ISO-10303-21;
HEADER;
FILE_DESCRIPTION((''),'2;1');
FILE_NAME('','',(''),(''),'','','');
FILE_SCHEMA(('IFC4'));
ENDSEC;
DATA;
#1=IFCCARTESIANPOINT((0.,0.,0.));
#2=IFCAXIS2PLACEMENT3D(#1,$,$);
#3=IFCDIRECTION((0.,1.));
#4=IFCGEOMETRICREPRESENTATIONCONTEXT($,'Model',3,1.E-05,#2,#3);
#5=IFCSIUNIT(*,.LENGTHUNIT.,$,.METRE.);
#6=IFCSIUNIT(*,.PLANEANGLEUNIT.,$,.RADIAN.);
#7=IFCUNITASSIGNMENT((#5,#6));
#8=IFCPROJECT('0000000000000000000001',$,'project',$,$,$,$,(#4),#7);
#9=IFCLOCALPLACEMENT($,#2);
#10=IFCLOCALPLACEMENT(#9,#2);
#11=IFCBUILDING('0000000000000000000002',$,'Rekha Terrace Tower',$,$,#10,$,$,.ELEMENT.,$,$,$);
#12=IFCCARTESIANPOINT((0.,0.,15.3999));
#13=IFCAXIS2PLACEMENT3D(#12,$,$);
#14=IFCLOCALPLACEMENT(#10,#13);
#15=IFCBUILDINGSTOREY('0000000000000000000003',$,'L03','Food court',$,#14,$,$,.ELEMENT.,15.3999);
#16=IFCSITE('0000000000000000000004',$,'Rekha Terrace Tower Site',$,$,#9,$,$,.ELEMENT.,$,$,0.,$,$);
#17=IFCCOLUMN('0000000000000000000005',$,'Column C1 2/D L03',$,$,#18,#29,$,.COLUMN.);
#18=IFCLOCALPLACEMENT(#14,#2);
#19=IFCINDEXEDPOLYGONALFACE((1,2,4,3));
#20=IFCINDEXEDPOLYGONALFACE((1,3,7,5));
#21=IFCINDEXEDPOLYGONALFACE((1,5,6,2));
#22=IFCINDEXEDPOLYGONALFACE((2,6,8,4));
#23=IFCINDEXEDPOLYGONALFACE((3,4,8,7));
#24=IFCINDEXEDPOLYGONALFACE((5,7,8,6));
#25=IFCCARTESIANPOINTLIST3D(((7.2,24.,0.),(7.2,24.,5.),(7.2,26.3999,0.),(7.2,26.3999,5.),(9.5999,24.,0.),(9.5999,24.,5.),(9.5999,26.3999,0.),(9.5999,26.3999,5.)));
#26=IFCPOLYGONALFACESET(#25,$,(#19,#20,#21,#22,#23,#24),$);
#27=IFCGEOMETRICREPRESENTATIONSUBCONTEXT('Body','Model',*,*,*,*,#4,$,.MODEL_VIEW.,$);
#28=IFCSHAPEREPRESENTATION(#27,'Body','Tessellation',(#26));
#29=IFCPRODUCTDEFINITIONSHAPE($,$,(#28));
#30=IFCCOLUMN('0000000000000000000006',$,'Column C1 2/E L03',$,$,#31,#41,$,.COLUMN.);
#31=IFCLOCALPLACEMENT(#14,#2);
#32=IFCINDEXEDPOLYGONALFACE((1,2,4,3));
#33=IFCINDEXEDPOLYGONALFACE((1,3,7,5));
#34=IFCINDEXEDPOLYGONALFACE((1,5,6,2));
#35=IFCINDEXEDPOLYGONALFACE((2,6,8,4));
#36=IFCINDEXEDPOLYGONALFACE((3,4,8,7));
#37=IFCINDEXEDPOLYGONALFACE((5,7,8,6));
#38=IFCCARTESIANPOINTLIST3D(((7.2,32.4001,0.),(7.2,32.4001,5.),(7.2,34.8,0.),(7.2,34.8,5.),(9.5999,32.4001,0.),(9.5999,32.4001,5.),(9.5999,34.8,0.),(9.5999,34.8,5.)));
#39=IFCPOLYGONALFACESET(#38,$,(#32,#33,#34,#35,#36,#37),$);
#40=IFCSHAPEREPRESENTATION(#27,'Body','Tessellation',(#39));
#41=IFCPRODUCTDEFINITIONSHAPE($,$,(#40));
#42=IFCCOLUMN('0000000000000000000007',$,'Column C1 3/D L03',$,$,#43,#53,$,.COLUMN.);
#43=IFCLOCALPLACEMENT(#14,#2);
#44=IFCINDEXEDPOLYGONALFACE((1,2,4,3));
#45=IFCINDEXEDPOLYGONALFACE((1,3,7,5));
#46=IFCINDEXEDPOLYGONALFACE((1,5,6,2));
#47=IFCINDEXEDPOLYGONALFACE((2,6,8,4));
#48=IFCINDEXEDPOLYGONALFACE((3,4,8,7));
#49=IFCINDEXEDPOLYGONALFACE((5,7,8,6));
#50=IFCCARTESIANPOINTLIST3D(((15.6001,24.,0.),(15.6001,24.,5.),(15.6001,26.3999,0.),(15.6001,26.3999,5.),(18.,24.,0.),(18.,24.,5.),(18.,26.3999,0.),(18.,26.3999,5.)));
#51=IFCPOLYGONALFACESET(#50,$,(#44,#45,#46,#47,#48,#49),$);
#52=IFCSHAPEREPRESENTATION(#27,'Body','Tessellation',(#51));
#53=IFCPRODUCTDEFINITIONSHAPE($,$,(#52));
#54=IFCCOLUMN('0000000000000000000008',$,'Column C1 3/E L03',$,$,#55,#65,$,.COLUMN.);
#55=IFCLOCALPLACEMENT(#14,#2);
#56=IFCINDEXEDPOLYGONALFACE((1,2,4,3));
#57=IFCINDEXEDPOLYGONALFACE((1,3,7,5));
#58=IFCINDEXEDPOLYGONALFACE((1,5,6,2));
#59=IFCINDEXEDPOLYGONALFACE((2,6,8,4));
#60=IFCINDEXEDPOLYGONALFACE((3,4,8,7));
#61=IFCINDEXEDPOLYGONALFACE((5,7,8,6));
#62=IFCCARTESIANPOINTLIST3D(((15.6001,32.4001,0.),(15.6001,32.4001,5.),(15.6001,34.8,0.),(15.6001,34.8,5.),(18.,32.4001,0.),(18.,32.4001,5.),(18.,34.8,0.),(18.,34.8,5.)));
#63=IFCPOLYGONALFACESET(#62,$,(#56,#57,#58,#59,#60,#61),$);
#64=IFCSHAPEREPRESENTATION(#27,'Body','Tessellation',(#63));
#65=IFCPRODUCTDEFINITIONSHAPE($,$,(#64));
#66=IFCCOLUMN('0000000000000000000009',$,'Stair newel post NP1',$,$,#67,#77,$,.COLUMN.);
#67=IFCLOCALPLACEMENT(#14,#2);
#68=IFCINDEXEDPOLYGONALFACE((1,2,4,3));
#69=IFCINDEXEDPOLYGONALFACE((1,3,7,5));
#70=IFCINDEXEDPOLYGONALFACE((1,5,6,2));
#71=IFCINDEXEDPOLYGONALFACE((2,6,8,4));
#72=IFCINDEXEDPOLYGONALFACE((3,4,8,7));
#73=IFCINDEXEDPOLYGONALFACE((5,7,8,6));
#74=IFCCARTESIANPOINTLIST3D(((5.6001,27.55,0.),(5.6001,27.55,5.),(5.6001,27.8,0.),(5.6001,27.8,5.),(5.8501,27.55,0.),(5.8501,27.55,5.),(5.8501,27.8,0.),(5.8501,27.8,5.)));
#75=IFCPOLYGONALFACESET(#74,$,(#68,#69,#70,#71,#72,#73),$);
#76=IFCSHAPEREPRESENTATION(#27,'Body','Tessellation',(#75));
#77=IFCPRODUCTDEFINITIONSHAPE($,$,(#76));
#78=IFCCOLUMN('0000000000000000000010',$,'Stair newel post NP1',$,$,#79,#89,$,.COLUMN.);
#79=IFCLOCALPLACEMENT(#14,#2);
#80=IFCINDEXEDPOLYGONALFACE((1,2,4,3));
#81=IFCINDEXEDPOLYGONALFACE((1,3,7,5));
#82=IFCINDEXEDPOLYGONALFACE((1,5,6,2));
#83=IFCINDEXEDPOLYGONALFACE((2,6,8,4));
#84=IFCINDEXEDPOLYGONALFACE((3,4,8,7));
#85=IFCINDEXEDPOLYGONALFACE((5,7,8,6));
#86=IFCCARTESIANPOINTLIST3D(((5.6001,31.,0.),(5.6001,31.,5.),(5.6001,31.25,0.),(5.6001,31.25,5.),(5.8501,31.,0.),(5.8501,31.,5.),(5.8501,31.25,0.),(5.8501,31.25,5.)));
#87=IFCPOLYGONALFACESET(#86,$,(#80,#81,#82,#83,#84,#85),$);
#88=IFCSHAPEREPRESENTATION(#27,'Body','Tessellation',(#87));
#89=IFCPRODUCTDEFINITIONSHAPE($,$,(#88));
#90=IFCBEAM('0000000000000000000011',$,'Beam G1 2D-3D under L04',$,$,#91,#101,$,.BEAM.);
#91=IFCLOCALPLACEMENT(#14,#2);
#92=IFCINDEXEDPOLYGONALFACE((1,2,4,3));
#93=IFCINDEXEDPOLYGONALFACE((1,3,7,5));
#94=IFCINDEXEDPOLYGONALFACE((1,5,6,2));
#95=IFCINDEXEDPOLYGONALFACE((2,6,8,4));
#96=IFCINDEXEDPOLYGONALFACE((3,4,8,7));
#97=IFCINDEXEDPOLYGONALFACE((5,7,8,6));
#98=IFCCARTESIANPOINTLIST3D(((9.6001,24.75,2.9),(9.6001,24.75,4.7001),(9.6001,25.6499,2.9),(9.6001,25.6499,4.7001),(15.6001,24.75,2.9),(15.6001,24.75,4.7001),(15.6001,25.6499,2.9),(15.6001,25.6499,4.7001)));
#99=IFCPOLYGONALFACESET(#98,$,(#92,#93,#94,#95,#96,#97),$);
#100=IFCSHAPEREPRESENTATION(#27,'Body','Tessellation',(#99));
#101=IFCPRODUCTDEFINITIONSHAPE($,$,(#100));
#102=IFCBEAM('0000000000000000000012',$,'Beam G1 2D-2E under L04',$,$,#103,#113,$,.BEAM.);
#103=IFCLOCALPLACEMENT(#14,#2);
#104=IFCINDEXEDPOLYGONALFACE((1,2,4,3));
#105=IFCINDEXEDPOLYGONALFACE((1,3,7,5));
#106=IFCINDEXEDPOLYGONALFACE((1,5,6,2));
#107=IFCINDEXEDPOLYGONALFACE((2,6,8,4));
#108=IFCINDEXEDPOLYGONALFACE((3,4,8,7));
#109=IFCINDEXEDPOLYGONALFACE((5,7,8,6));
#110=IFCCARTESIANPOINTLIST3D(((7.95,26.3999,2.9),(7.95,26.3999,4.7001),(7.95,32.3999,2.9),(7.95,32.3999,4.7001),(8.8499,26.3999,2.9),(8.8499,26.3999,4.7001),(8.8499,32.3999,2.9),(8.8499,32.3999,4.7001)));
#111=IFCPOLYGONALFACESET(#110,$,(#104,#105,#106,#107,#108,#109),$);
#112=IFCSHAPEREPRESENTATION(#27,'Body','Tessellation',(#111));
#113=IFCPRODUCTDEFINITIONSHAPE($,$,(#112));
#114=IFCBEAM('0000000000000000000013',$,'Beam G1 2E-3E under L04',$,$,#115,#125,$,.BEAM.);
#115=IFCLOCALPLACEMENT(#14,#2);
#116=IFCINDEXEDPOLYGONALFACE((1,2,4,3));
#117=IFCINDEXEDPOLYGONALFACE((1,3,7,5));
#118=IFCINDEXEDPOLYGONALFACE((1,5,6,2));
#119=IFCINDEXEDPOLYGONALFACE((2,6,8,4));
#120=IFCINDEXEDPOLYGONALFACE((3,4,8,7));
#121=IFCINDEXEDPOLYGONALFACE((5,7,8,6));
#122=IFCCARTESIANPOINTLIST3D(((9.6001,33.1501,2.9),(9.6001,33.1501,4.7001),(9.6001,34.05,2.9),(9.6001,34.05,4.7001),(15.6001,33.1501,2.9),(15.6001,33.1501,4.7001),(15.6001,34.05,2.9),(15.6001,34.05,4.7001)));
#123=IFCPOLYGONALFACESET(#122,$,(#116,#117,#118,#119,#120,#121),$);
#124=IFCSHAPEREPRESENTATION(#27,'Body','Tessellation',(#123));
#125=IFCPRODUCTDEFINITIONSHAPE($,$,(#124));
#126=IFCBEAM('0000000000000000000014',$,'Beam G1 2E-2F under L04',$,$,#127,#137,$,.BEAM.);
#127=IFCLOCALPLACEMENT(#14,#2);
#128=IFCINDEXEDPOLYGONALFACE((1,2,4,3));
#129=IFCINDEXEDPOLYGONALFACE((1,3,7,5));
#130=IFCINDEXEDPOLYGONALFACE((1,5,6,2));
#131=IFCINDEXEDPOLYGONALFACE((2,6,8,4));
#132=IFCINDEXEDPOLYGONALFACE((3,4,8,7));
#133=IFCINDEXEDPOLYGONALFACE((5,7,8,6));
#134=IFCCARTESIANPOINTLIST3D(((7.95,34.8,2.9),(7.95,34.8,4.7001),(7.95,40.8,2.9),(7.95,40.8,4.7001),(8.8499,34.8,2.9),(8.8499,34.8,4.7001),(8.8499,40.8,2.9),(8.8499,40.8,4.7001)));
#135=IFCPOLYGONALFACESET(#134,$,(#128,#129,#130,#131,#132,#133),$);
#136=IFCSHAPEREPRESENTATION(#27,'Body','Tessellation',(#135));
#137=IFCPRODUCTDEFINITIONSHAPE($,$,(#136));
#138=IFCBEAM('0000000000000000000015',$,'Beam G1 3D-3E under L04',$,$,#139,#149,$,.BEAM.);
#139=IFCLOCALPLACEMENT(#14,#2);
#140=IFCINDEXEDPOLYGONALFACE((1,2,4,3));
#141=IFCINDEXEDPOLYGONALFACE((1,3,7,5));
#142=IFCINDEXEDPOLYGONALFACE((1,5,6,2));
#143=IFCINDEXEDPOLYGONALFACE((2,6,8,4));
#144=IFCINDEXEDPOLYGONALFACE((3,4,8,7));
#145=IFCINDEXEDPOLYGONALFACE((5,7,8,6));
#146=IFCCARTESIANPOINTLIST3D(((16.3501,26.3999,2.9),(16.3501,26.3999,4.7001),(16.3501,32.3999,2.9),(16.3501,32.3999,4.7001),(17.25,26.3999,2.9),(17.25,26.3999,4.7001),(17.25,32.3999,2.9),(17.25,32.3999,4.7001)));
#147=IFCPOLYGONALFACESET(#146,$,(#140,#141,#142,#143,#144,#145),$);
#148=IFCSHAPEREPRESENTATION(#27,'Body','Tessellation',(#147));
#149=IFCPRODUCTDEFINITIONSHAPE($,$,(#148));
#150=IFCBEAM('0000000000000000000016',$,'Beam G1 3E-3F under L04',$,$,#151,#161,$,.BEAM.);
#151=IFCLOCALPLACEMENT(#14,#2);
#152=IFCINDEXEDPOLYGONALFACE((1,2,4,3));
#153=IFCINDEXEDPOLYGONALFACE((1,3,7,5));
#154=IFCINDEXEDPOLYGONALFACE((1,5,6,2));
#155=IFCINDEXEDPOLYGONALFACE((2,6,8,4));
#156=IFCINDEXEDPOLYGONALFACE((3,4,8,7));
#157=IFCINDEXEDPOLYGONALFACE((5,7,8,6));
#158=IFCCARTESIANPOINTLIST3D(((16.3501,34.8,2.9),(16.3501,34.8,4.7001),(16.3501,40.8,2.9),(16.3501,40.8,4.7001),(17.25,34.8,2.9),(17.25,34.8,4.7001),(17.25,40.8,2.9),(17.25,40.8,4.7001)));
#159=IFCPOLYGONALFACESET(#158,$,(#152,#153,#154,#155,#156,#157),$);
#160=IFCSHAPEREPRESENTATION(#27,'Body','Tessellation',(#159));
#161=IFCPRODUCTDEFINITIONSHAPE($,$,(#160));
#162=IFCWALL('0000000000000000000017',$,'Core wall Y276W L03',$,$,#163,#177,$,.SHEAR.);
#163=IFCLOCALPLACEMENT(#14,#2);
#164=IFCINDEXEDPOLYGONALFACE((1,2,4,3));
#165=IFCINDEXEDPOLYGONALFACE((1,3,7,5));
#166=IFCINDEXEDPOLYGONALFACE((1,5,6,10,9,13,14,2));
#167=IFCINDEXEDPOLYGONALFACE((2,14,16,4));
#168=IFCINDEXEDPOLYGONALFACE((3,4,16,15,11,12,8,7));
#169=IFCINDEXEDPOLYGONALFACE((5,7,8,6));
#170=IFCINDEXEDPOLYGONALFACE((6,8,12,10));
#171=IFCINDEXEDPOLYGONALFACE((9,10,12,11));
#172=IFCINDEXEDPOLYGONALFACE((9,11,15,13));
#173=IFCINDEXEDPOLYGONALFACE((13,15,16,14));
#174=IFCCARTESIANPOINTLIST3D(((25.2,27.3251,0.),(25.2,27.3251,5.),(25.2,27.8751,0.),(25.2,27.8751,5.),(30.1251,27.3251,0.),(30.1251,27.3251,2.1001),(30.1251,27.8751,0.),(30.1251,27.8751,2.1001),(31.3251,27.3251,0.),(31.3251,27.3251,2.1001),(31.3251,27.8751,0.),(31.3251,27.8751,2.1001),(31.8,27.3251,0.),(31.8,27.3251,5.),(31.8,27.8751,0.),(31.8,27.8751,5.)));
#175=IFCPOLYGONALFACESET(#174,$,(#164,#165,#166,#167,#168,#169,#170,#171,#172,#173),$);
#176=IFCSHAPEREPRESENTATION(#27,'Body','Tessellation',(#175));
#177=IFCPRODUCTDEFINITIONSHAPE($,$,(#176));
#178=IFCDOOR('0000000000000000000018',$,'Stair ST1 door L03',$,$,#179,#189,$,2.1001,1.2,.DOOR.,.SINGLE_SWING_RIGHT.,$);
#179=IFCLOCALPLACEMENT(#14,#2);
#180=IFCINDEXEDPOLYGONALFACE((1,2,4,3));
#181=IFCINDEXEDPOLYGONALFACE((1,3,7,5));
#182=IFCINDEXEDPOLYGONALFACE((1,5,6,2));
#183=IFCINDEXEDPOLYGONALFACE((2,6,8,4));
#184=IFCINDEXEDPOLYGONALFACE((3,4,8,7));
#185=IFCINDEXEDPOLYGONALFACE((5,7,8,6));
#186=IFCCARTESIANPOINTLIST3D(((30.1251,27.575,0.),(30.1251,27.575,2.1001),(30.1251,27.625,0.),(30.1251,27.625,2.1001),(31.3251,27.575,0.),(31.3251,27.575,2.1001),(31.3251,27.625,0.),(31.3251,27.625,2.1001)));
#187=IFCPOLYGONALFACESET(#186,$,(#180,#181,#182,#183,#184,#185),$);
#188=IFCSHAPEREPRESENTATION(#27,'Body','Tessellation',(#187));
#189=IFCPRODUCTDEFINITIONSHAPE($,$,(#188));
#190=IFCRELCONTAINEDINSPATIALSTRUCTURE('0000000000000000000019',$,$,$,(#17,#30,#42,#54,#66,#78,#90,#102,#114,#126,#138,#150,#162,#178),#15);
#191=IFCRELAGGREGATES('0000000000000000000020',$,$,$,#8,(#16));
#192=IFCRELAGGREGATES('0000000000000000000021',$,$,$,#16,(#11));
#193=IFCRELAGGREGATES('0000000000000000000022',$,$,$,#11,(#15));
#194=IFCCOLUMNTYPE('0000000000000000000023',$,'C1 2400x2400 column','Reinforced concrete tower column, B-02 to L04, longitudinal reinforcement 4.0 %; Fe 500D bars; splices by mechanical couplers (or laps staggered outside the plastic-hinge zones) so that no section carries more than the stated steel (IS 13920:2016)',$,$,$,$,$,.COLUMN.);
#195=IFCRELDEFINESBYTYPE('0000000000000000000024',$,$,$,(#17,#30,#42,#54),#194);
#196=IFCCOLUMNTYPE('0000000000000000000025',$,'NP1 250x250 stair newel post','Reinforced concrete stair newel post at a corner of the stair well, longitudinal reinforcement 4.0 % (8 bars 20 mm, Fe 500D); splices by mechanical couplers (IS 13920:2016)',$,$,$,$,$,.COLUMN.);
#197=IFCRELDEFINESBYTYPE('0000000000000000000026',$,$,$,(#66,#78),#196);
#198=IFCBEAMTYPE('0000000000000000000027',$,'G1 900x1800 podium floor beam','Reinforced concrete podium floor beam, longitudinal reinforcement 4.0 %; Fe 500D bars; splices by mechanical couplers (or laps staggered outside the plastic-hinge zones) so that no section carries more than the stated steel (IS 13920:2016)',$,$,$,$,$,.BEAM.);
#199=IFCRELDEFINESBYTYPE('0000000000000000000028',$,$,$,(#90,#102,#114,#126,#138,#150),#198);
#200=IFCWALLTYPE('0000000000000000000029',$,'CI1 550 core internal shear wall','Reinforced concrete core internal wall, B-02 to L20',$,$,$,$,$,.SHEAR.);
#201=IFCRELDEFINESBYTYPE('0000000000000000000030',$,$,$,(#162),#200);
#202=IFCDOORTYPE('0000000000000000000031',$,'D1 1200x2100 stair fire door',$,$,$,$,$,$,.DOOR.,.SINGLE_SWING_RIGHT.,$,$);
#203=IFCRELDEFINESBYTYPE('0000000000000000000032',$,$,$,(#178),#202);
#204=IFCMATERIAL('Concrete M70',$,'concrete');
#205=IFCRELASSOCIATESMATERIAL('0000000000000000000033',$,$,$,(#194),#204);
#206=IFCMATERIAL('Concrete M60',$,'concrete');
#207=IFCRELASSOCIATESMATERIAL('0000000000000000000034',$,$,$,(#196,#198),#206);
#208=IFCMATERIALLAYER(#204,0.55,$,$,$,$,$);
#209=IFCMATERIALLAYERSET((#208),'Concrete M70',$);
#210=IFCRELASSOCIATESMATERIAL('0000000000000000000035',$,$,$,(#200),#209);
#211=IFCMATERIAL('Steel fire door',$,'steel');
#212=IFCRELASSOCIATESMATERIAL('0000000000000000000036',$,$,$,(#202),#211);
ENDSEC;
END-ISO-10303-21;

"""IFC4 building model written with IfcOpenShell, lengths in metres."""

from ifc_helpers import new_model, si_unit, direction, frame, frame_2d, origin, origin_2d, place, context, subcontext, project, spatial, rectangle, extrude, material, layer, layer_set, material_profile, profile_set, type_object, element, fill, save


model = new_model("IFC4")

# Units and contexts
model_context = context("Model", 3, precision=1e-05, world=origin(), true_north=direction((0.0, 1.0)))
body_context = subcontext(model_context, "Body", "Model", "MODEL_VIEW")
ifc_project = project(units=[si_unit("LENGTHUNIT", "METRE"), si_unit("PLANEANGLEUNIT", "RADIAN")], contexts=[model_context])

# Site, building, storey
site_placement = place(None, origin())
site = spatial("IfcSite", under=ifc_project, at=site_placement, Name="Rekha Terrace Tower Site", CompositionType="ELEMENT", RefElevation=0.0)
building_placement = place(site_placement, origin())
building = spatial("IfcBuilding", under=site, at=building_placement, Name="Rekha Terrace Tower", CompositionType="ELEMENT")
storey_placement = place(building_placement, frame((0.0, 0.0, 15.3999)))
storey = spatial("IfcBuildingStorey", under=building, at=storey_placement, Name="L03", Description="Food court", CompositionType="ELEMENT", Elevation=15.3999)

# Columns
ifc_material_1 = material(Name="Concrete M70", Category="concrete")
ifc_material_profile_1 = material_profile(ifc_material_1, rectangle(XDim=2.3999, YDim=2.3999, at=origin_2d()), Name="RC 2400x2400")
ifc_profile_set_1 = profile_set([ifc_material_profile_1], Name="Concrete M70")
column_type_1 = type_object("IfcColumnType", Name="C1 2400x2400 column", Description="Reinforced concrete tower column, B-02 to L04, longitudinal reinforcement 4.0 %; Fe 500D bars; splices by mechanical couplers (or laps staggered outside the plastic-hinge zones) so that no section carries more than the stated steel (IS 13920:2016)", PredefinedType="COLUMN", material=ifc_profile_set_1)
for number, where, z_axis, x_axis, name in (
    (1, (8.3999, 25.2, 0.0), (0.0, 0.0, 1.0), (1.0, 0.0, 0.0), "Column C1 2/D L03"),
    (2, (8.3999, 33.6001, 0.0), (0.0, 0.0, 1.0), (1.0, 0.0, 0.0), "Column C1 2/E L03"),
    (3, (16.8, 25.2, 0.0), (0.0, 0.0, 1.0), (1.0, 0.0, 0.0), "Column C1 3/D L03"),
    (4, (16.8, 33.6001, 0.0), (0.0, 0.0, 1.0), (1.0, 0.0, 0.0), "Column C1 3/E L03"),
):
    element("IfcColumn", number, at=place(storey_placement, frame(where, z_axis=z_axis, x_axis=x_axis)), inside=storey, type_object=column_type_1, Name=name, PredefinedType="COLUMN", context=body_context, shape_type="SweptSolid", body=[
        extrude(rectangle(XDim=2.3999, YDim=2.3999, at=origin_2d()), origin(), (0.0, 0.0, 1.0), 5.0),
    ])
ifc_material_2 = material(Name="Concrete M60", Category="concrete")
ifc_material_profile_2 = material_profile(ifc_material_2, rectangle(XDim=0.25, YDim=0.25, at=origin_2d()), Name="RC 250x250")
ifc_profile_set_2 = profile_set([ifc_material_profile_2], Name="Concrete M60")
column_type_2 = type_object("IfcColumnType", Name="NP1 250x250 stair newel post", Description="Reinforced concrete stair newel post at a corner of the stair well, longitudinal reinforcement 4.0 % (8 bars 20 mm, Fe 500D); splices by mechanical couplers (IS 13920:2016)", PredefinedType="COLUMN", material=ifc_profile_set_2)
for number, where, z_axis, x_axis, name in (
    (5, (5.7251, 27.675, 0.0), (0.0, 0.0, 1.0), (1.0, 0.0, 0.0), "Stair newel post NP1"),
    (6, (5.7251, 31.125, 0.0), (0.0, 0.0, 1.0), (1.0, 0.0, 0.0), "Stair newel post NP1"),
):
    element("IfcColumn", number, at=place(storey_placement, frame(where, z_axis=z_axis, x_axis=x_axis)), inside=storey, type_object=column_type_2, Name=name, PredefinedType="COLUMN", context=body_context, shape_type="SweptSolid", body=[
        extrude(rectangle(XDim=0.25, YDim=0.25, at=origin_2d()), origin(), (0.0, 0.0, 1.0), 5.0),
    ])

# Beams
ifc_material_profile_3 = material_profile(ifc_material_2, rectangle(XDim=0.8999, YDim=1.8, at=origin_2d()), Name="RC 900x1800")
ifc_profile_set_3 = profile_set([ifc_material_profile_3], Name="Concrete M60")
beam_type = type_object("IfcBeamType", Name="G1 900x1800 podium floor beam", Description="Reinforced concrete podium floor beam, longitudinal reinforcement 4.0 %; Fe 500D bars; splices by mechanical couplers (or laps staggered outside the plastic-hinge zones) so that no section carries more than the stated steel (IS 13920:2016)", PredefinedType="BEAM", material=ifc_profile_set_3)
for number, where, z_axis, x_axis, name in (
    (7, (9.6001, 25.2, 3.8), (1.0, 0.0, 0.0), (0.0, 1.0, 0.0), "Beam G1 2D-3D under L04"),
    (8, (8.3999, 26.3999, 3.8), (0.0, 1.0, 0.0), (-1.0, 0.0, 0.0), "Beam G1 2D-2E under L04"),
    (9, (9.6001, 33.6001, 3.8), (1.0, 0.0, 0.0), (0.0, 1.0, 0.0), "Beam G1 2E-3E under L04"),
    (10, (8.3999, 34.8, 3.8), (0.0, 1.0, 0.0), (-1.0, 0.0, 0.0), "Beam G1 2E-2F under L04"),
    (11, (16.8, 26.3999, 3.8), (0.0, 1.0, 0.0), (-1.0, 0.0, 0.0), "Beam G1 3D-3E under L04"),
    (12, (16.8, 34.8, 3.8), (0.0, 1.0, 0.0), (-1.0, 0.0, 0.0), "Beam G1 3E-3F under L04"),
):
    element("IfcBeam", number, at=place(storey_placement, frame(where, z_axis=z_axis, x_axis=x_axis)), inside=storey, type_object=beam_type, Name=name, PredefinedType="BEAM", context=body_context, shape_type="SweptSolid", body=[
        extrude(rectangle(XDim=0.8999, YDim=1.8, at=origin_2d()), origin(), (0.0, 0.0, 1.0), 6.0),
    ])

# Wall, opening, door
ifc_layer_1 = layer(ifc_material_1, 0.55)
ifc_layer_set_1 = layer_set([ifc_layer_1], Name="Concrete M70")
wall_type_1 = type_object("IfcWallType", Name="CI1 550 core internal shear wall", Description="Reinforced concrete core internal wall, B-02 to L20", PredefinedType="SHEAR", material=ifc_layer_set_1)
wall_1_placement = place(storey_placement, frame((25.2, 27.6001, 0.0), z_axis=(0.0, 0.0, 1.0), x_axis=(1.0, 0.0, 0.0)))
wall_1 = element("IfcWall", 13, at=wall_1_placement, inside=storey, type_object=wall_type_1, Name="Core wall Y276W L03", PredefinedType="SHEAR", context=body_context, shape_type="SweptSolid", body=[
    extrude(rectangle(XDim=6.6001, YDim=0.55, at=frame_2d((3.3, 0.0))), origin(), (0.0, 0.0, 1.0), 5.0),
])
opening_1_placement = place(wall_1_placement, frame((4.925, 0.0, 0.0)))
opening_1 = element("IfcOpeningElement", 14, at=opening_1_placement, cuts=wall_1, PredefinedType="OPENING", context=body_context, shape_type="SweptSolid", body=[
    extrude(rectangle(XDim=1.2, YDim=2.1001, at=frame_2d((0.6001, 1.05))), frame((0.0, 0.2849, 0.0), z_axis=(0.0, -1.0, 0.0), x_axis=(1.0, 0.0, 0.0)), (0.0, 0.0, 1.0), 0.5701),
])
ifc_material_3 = material(Name="Steel fire door", Category="steel")
door_type_1 = type_object("IfcDoorType", Name="D1 1200x2100 stair fire door", OperationType="SINGLE_SWING_RIGHT", PredefinedType="DOOR", material=ifc_material_3)
door_1_placement = place(opening_1_placement, origin())
door_1 = element("IfcDoor", 15, at=door_1_placement, inside=storey, type_object=door_type_1, Name="Stair ST1 door L03", OperationType="SINGLE_SWING_RIGHT", OverallHeight=2.1001, OverallWidth=1.2, PredefinedType="DOOR", context=body_context, shape_type="SweptSolid", body=[
    extrude(rectangle(XDim=1.2, YDim=2.1001, at=frame_2d((0.6001, 1.05))), frame((0.0, 0.0249, 0.0), z_axis=(0.0, -1.0, 0.0), x_axis=(1.0, 0.0, 0.0)), (0.0, 0.0, 1.0), 0.05),
])
fill(opening_1, door_1)

save(model, "model.ifc")
